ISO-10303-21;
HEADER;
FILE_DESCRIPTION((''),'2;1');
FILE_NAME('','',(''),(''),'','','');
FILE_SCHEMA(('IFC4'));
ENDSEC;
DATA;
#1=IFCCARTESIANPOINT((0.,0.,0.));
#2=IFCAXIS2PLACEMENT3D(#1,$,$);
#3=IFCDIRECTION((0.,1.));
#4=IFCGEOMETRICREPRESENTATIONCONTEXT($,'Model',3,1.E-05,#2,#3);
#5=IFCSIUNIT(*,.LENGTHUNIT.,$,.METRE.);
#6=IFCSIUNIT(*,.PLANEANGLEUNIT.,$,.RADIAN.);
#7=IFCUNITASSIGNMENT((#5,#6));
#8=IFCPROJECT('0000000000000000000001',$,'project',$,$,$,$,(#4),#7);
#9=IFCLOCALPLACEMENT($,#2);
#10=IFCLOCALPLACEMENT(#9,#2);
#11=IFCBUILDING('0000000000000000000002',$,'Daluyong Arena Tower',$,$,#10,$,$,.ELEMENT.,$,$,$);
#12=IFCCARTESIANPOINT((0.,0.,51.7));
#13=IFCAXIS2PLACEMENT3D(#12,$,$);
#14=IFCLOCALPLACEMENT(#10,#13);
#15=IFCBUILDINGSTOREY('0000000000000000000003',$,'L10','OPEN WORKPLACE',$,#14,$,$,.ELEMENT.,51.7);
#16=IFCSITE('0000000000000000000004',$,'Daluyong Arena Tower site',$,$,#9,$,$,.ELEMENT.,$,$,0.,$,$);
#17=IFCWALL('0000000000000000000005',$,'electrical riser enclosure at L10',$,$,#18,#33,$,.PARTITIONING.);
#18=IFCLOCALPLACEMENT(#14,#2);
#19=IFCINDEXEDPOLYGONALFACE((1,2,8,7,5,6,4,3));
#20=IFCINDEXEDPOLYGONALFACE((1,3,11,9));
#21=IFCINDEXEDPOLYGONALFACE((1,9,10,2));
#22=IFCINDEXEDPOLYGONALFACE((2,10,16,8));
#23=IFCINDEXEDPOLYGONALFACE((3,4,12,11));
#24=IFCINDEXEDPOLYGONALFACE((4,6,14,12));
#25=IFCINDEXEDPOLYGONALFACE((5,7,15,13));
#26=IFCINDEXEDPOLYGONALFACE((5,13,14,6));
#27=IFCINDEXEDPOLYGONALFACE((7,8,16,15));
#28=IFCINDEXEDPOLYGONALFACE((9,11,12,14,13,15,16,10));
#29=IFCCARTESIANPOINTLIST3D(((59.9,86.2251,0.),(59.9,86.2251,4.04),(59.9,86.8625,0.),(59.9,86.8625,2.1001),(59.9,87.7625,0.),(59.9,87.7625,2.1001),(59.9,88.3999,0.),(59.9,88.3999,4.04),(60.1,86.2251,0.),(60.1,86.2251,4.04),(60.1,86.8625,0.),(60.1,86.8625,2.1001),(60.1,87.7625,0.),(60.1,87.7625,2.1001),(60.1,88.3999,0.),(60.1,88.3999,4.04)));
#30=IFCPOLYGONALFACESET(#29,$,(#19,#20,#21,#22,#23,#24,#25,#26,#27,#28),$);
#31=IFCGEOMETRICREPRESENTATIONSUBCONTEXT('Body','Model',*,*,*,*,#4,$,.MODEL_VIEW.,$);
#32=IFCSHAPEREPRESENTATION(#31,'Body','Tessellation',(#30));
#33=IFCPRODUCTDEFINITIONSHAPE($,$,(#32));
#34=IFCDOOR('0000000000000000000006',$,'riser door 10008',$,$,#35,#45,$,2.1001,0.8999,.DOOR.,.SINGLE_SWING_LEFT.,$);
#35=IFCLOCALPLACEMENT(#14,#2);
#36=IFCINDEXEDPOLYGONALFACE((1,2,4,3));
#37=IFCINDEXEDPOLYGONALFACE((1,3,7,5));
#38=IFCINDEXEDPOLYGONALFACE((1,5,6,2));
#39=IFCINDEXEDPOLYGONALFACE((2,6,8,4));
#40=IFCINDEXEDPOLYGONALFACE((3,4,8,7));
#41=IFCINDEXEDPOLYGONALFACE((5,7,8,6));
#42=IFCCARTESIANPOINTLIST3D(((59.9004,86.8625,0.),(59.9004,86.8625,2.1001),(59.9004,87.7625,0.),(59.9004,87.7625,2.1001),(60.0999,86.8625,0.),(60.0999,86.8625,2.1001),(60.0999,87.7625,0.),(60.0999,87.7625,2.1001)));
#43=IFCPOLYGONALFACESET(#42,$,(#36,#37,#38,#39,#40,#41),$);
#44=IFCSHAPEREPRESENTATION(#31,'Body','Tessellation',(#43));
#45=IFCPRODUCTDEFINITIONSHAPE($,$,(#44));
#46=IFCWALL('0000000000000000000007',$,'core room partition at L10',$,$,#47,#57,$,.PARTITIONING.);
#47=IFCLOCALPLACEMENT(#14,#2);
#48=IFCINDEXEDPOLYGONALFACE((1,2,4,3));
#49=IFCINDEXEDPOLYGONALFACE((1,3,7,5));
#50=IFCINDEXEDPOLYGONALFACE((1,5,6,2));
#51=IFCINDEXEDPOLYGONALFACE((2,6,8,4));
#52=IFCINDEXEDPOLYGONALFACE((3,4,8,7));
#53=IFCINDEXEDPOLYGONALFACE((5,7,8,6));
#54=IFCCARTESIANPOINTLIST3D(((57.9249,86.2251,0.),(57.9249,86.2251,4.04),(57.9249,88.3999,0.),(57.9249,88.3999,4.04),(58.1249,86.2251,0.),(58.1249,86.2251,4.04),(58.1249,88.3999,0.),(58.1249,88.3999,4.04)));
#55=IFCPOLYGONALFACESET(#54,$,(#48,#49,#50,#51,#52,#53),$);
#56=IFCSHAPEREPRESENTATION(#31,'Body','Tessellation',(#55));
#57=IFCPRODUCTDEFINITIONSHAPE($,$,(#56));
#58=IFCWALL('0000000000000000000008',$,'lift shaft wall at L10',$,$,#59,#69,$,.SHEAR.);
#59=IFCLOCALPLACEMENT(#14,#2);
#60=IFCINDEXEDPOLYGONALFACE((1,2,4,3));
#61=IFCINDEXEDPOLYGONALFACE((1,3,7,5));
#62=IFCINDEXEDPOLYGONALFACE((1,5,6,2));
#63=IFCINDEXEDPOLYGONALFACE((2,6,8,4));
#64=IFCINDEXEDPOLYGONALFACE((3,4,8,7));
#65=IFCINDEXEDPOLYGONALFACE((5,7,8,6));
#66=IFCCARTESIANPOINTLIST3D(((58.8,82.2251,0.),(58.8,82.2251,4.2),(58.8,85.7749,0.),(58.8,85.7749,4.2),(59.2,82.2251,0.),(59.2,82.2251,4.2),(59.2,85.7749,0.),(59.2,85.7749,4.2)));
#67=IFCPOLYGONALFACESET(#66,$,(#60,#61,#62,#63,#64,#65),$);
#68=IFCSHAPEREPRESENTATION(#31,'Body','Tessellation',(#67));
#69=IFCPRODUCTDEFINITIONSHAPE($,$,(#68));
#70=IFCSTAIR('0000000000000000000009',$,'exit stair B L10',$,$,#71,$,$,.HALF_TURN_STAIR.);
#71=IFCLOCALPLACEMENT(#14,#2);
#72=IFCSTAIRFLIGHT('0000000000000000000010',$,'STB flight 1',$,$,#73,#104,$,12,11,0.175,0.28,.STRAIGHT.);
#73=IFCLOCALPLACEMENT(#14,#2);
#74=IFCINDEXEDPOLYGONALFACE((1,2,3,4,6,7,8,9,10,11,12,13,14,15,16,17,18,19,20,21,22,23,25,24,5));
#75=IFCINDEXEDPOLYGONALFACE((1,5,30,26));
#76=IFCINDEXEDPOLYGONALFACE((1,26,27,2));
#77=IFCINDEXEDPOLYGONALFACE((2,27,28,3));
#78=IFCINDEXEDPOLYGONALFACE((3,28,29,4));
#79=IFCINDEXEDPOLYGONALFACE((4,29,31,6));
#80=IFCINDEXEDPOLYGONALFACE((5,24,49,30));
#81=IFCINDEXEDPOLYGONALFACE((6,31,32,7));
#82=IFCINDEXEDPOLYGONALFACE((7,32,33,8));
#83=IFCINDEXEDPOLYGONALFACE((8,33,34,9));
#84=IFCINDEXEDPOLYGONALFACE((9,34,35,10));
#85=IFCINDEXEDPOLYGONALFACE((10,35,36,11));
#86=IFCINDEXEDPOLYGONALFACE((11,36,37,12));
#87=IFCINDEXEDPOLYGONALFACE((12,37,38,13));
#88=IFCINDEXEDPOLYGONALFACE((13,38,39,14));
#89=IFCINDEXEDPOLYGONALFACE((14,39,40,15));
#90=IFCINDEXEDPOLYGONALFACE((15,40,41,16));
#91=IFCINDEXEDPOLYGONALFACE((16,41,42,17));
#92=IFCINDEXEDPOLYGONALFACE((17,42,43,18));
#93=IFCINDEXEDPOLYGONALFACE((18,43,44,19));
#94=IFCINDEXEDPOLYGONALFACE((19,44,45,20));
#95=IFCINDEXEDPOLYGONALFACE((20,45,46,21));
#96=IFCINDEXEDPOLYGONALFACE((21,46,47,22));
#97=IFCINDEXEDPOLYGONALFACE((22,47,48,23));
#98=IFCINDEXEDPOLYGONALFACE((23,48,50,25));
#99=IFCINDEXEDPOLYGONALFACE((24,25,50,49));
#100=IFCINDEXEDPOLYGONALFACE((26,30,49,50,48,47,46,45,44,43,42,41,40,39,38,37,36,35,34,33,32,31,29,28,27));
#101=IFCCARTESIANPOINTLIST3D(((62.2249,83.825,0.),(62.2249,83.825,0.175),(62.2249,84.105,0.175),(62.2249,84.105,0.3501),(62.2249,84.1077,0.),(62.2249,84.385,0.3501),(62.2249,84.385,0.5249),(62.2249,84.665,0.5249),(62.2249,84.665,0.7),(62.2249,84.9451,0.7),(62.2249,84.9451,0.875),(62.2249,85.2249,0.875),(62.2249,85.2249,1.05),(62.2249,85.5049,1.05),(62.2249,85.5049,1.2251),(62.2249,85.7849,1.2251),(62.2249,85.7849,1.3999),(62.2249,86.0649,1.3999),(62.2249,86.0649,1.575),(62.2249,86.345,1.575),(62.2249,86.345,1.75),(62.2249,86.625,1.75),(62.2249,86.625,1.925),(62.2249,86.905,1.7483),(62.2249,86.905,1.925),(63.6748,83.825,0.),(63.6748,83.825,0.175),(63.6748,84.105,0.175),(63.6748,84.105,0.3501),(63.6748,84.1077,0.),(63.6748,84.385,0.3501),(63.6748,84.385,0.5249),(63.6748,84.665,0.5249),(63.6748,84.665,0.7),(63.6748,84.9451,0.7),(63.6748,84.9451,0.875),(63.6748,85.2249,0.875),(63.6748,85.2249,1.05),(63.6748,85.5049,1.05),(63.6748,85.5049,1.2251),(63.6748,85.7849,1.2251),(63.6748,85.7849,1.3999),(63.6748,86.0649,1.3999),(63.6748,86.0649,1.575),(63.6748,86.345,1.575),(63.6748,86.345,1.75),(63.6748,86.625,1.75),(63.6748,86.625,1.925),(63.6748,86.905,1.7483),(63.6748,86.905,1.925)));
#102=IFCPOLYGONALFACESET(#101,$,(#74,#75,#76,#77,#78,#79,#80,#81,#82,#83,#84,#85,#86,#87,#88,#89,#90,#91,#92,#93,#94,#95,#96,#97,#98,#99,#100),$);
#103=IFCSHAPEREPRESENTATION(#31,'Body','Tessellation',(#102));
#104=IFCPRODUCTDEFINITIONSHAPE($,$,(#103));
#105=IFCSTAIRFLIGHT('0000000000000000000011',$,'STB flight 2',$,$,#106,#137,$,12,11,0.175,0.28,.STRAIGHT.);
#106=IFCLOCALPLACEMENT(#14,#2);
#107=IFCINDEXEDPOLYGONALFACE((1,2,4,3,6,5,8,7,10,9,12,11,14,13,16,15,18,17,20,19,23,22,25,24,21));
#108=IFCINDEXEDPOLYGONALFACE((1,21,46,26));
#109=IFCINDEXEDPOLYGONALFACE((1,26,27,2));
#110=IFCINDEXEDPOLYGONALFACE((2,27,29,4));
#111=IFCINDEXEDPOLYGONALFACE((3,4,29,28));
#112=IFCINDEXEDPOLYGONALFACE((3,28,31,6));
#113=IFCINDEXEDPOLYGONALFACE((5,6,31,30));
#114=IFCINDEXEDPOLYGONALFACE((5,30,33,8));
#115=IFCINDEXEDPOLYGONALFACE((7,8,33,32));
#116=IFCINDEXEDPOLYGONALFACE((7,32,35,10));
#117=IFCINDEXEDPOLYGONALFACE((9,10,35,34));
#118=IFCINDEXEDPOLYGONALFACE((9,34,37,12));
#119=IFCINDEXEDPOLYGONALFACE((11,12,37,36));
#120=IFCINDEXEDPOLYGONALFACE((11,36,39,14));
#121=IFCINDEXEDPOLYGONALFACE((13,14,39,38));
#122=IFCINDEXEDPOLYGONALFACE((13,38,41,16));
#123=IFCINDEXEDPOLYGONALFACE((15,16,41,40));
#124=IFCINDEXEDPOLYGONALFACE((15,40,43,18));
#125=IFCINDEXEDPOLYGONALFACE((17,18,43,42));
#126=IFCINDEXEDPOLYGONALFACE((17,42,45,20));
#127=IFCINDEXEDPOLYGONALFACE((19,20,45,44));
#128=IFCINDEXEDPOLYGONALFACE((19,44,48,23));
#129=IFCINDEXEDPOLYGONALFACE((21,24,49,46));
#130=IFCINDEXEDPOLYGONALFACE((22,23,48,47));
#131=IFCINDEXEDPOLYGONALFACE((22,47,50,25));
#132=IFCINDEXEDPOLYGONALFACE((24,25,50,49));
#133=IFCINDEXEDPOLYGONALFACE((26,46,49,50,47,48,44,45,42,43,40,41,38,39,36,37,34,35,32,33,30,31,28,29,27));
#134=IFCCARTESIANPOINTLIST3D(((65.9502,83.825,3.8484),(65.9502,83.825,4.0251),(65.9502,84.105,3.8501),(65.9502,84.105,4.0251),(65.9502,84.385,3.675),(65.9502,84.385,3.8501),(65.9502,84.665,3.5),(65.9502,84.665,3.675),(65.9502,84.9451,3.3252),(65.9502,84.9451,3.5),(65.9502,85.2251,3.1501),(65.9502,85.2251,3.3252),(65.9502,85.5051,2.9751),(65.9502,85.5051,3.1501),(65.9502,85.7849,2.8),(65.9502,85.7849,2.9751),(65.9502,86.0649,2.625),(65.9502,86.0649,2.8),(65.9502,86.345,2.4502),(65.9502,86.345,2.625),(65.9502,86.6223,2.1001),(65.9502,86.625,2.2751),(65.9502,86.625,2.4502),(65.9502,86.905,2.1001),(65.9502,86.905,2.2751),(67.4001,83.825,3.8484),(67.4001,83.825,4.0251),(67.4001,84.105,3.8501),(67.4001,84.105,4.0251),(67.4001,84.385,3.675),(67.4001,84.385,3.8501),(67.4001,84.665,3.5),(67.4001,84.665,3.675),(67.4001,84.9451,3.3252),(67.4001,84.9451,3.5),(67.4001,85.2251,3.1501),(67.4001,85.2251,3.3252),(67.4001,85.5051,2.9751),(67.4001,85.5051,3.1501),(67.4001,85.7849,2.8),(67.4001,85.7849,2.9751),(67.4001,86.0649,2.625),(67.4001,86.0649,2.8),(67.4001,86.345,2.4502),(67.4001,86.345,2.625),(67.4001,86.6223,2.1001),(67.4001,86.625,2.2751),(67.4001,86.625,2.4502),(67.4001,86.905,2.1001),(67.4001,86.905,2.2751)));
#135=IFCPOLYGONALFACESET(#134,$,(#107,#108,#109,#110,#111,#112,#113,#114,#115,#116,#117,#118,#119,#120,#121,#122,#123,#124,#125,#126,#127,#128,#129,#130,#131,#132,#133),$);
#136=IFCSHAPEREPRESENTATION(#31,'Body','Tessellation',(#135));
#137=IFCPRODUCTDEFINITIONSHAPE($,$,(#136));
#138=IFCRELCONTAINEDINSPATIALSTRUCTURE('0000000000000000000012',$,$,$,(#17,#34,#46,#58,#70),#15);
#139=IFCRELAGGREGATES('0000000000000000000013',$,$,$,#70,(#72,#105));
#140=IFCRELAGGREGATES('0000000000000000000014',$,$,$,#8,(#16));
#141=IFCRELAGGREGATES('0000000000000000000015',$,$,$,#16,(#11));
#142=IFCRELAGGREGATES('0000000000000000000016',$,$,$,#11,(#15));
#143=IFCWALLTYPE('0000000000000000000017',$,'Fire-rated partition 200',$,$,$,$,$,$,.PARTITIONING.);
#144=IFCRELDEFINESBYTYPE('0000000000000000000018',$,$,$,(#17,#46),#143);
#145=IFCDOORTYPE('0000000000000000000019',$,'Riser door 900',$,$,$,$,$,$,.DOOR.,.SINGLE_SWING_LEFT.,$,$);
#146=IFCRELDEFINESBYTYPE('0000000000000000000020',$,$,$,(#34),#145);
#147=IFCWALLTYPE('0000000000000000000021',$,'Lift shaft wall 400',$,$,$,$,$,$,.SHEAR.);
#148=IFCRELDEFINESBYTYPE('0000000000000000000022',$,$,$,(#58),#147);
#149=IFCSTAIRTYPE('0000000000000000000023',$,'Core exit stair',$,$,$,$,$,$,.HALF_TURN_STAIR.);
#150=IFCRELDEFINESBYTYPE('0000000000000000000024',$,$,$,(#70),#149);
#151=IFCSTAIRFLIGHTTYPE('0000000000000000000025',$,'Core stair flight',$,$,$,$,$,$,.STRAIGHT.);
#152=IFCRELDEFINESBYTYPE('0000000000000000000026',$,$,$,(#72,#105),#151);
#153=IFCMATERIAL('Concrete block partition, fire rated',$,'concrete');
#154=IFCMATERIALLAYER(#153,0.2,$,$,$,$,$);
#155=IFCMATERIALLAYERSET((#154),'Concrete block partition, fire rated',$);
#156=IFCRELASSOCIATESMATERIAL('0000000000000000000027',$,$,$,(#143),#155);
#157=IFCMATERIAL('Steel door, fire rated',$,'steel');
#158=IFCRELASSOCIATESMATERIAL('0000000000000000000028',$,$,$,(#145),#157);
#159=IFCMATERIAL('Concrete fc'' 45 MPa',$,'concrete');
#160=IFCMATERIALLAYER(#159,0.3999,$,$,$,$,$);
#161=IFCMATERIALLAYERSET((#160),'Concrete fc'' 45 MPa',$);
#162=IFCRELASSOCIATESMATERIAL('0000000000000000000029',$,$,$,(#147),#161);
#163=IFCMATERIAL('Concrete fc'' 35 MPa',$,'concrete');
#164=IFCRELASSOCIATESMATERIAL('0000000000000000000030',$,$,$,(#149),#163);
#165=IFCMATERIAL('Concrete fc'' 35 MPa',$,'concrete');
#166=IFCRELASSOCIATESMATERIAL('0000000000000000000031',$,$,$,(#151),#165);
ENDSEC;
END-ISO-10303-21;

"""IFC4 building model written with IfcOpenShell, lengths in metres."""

from ifc_helpers import new_model, si_unit, direction, frame, frame_2d, origin, place, context, subcontext, project, spatial, polyline, rectangle, outline, extrude, material, layer, layer_set, type_object, element, fill, aggregate, save


model = new_model("IFC4")

# Units and contexts
model_context = context("Model", 3, precision=1e-05, world=origin(), true_north=direction((0.0, 1.0)))
body_context = subcontext(model_context, "Body", "Model", "MODEL_VIEW")
ifc_project = project(units=[si_unit("LENGTHUNIT", "METRE"), si_unit("PLANEANGLEUNIT", "RADIAN")], contexts=[model_context])

# Site, building, storey
site_placement = place(None, origin())
site = spatial("IfcSite", under=ifc_project, at=site_placement, Name="Daluyong Arena Tower site", CompositionType="ELEMENT", RefElevation=0.0)
building_placement = place(site_placement, origin())
building = spatial("IfcBuilding", under=site, at=building_placement, Name="Daluyong Arena Tower", CompositionType="ELEMENT")
storey_placement = place(building_placement, frame((0.0, 0.0, 51.7)))
storey = spatial("IfcBuildingStorey", under=building, at=storey_placement, Name="L10", Description="OPEN WORKPLACE", CompositionType="ELEMENT", Elevation=51.7)

# Wall, opening, door
ifc_material_1 = material(Name="Concrete block partition, fire rated", Category="concrete")
ifc_layer_1 = layer(ifc_material_1, 0.2)
ifc_layer_set_1 = layer_set([ifc_layer_1], Name="Concrete block partition, fire rated")
wall_type_1 = type_object("IfcWallType", Name="Fire-rated partition 200", PredefinedType="PARTITIONING", material=ifc_layer_set_1)
wall_1_placement = place(storey_placement, frame((60.0, 86.2251, 0.0), z_axis=(0.0, 0.0, 1.0), x_axis=(0.0, 1.0, 0.0)))
wall_1 = element("IfcWall", 1, at=wall_1_placement, inside=storey, type_object=wall_type_1, Name="electrical riser enclosure at L10", PredefinedType="PARTITIONING", context=body_context, shape_type="SweptSolid", body=[
    extrude(rectangle(XDim=2.1748, YDim=0.2, at=frame_2d((1.0874, 0.0))), origin(), (0.0, 0.0, 1.0), 4.04),
])
opening_1_placement = place(wall_1_placement, frame((0.6375, 0.0, 0.0)))
opening_1 = element("IfcOpeningElement", 2, at=opening_1_placement, cuts=wall_1, PredefinedType="OPENING", context=body_context, shape_type="SweptSolid", body=[
    extrude(rectangle(XDim=0.8999, YDim=2.1001, at=frame_2d((0.45, 1.05))), frame((0.0, 0.1099, 0.0), z_axis=(0.0, -1.0, 0.0), x_axis=(1.0, 0.0, 0.0)), (0.0, 0.0, 1.0), 0.22),
])
ifc_material_2 = material(Name="Steel door, fire rated", Category="steel")
door_type_1 = type_object("IfcDoorType", Name="Riser door 900", OperationType="SINGLE_SWING_LEFT", PredefinedType="DOOR", material=ifc_material_2)
door_1_placement = place(opening_1_placement, origin())
door_1 = element("IfcDoor", 3, at=door_1_placement, inside=storey, type_object=door_type_1, Name="riser door 10008", OperationType="SINGLE_SWING_LEFT", OverallHeight=2.1001, OverallWidth=0.8999, PredefinedType="DOOR", context=body_context, shape_type="SweptSolid", body=[
    extrude(rectangle(XDim=0.8999, YDim=2.1001, at=frame_2d((0.45, 1.05))), frame((0.0, 0.0996, 0.0), z_axis=(0.0, -1.0, 0.0), x_axis=(1.0, 0.0, 0.0)), (0.0, 0.0, 1.0), 0.1995),
])
fill(opening_1, door_1)

# Walls
wall_2_placement = place(storey_placement, frame((58.0249, 86.2251, 0.0), z_axis=(0.0, 0.0, 1.0), x_axis=(0.0, 1.0, 0.0)))
element("IfcWall", 4, at=wall_2_placement, inside=storey, type_object=wall_type_1, Name="core room partition at L10", PredefinedType="PARTITIONING", context=body_context, shape_type="SweptSolid", body=[
    extrude(rectangle(XDim=2.1748, YDim=0.2, at=frame_2d((1.0874, 0.0))), origin(), (0.0, 0.0, 1.0), 4.04),
])
ifc_material_3 = material(Name="Concrete fc' 45 MPa", Category="concrete")
ifc_layer_2 = layer(ifc_material_3, 0.3999)
ifc_layer_set_2 = layer_set([ifc_layer_2], Name="Concrete fc' 45 MPa")
wall_type_2 = type_object("IfcWallType", Name="Lift shaft wall 400", PredefinedType="SHEAR", material=ifc_layer_set_2)
wall_3_placement = place(storey_placement, frame((59.0, 82.2251, 0.0), z_axis=(0.0, 0.0, 1.0), x_axis=(0.0, 1.0, 0.0)))
element("IfcWall", 5, at=wall_3_placement, inside=storey, type_object=wall_type_2, Name="lift shaft wall at L10", PredefinedType="SHEAR", context=body_context, shape_type="SweptSolid", body=[
    extrude(rectangle(XDim=3.5498, YDim=0.3999, at=frame_2d((1.7749, 0.0))), origin(), (0.0, 0.0, 1.0), 4.2),
])

# Stair, stair flights
ifc_material_4 = material(Name="Concrete fc' 35 MPa", Category="concrete")
stair_type = type_object("IfcStairType", Name="Core exit stair", PredefinedType="HALF_TURN_STAIR", material=ifc_material_4)
stair_placement = place(storey_placement, origin())
stair = element("IfcStair", 6, at=stair_placement, inside=storey, type_object=stair_type, Name="exit stair B L10", PredefinedType="HALF_TURN_STAIR")
ifc_material_5 = material(Name="Concrete fc' 35 MPa", Category="concrete")
stair_flight_type = type_object("IfcStairFlightType", Name="Core stair flight", PredefinedType="STRAIGHT", material=ifc_material_5)
stair_flight_1_placement = place(storey_placement, frame((62.95, 83.825, 0.0), z_axis=(0.0, 0.0, 1.0), x_axis=(0.0, 1.0, 0.0)))
stair_flight_1 = element("IfcStairFlight", 7, at=stair_flight_1_placement, type_object=stair_flight_type, Name="STB flight 1", NumberOfRisers=12, NumberOfTreads=11, PredefinedType="STRAIGHT", RiserHeight=0.175, TreadLength=0.28, context=body_context, shape_type="SweptSolid", body=[
    extrude(outline(polyline([(0.0, 0.0), (0.0, 0.175), (0.28, 0.175), (0.28, 0.3501), (0.5601, 0.3501), (0.5601, 0.5249), (0.8401, 0.5249), (0.8401, 0.7), (1.1201, 0.7), (1.1201, 0.875), (1.3999, 0.875), (1.3999, 1.05), (1.6799, 1.05), (1.6799, 1.2251), (1.96, 1.2251), (1.96, 1.3999), (2.24, 1.3999), (2.24, 1.575), (2.52, 1.575), (2.52, 1.75), (2.8, 1.75), (2.8, 1.925), (3.0801, 1.925), (3.0801, 2.1001), (3.0801, 1.7483), (0.2827, 0.0), (0.0, 0.0)])), frame((0.0, 0.7251, 0.0), z_axis=(0.0, -1.0, 0.0), x_axis=(1.0, 0.0, 0.0)), (0.0, 0.0, 1.0), 1.45),
])
stair_flight_2_placement = place(storey_placement, frame((66.675, 86.905, 2.1001), z_axis=(0.0, 0.0, 1.0), x_axis=(0.0, -1.0, 0.0)))
stair_flight_2 = element("IfcStairFlight", 8, at=stair_flight_2_placement, type_object=stair_flight_type, Name="STB flight 2", NumberOfRisers=12, NumberOfTreads=11, PredefinedType="STRAIGHT", RiserHeight=0.175, TreadLength=0.28, context=body_context, shape_type="SweptSolid", body=[
    extrude(outline(polyline([(0.0, 0.0), (0.0, 0.175), (0.28, 0.175), (0.28, 0.3501), (0.5601, 0.3501), (0.5601, 0.5249), (0.8401, 0.5249), (0.8401, 0.7), (1.1201, 0.7), (1.1201, 0.875), (1.3999, 0.875), (1.3999, 1.05), (1.6799, 1.05), (1.6799, 1.2251), (1.96, 1.2251), (1.96, 1.3999), (2.24, 1.3999), (2.24, 1.575), (2.52, 1.575), (2.52, 1.75), (2.8, 1.75), (2.8, 1.925), (3.0801, 1.925), (3.0801, 2.1001), (3.0801, 1.7483), (0.2827, 0.0), (0.0, 0.0)])), frame((0.0, 0.7251, 0.0), z_axis=(0.0, -1.0, 0.0), x_axis=(1.0, 0.0, 0.0)), (0.0, 0.0, 1.0), 1.45),
])
aggregate(stair, [stair_flight_1, stair_flight_2])

save(model, "model.ifc")
